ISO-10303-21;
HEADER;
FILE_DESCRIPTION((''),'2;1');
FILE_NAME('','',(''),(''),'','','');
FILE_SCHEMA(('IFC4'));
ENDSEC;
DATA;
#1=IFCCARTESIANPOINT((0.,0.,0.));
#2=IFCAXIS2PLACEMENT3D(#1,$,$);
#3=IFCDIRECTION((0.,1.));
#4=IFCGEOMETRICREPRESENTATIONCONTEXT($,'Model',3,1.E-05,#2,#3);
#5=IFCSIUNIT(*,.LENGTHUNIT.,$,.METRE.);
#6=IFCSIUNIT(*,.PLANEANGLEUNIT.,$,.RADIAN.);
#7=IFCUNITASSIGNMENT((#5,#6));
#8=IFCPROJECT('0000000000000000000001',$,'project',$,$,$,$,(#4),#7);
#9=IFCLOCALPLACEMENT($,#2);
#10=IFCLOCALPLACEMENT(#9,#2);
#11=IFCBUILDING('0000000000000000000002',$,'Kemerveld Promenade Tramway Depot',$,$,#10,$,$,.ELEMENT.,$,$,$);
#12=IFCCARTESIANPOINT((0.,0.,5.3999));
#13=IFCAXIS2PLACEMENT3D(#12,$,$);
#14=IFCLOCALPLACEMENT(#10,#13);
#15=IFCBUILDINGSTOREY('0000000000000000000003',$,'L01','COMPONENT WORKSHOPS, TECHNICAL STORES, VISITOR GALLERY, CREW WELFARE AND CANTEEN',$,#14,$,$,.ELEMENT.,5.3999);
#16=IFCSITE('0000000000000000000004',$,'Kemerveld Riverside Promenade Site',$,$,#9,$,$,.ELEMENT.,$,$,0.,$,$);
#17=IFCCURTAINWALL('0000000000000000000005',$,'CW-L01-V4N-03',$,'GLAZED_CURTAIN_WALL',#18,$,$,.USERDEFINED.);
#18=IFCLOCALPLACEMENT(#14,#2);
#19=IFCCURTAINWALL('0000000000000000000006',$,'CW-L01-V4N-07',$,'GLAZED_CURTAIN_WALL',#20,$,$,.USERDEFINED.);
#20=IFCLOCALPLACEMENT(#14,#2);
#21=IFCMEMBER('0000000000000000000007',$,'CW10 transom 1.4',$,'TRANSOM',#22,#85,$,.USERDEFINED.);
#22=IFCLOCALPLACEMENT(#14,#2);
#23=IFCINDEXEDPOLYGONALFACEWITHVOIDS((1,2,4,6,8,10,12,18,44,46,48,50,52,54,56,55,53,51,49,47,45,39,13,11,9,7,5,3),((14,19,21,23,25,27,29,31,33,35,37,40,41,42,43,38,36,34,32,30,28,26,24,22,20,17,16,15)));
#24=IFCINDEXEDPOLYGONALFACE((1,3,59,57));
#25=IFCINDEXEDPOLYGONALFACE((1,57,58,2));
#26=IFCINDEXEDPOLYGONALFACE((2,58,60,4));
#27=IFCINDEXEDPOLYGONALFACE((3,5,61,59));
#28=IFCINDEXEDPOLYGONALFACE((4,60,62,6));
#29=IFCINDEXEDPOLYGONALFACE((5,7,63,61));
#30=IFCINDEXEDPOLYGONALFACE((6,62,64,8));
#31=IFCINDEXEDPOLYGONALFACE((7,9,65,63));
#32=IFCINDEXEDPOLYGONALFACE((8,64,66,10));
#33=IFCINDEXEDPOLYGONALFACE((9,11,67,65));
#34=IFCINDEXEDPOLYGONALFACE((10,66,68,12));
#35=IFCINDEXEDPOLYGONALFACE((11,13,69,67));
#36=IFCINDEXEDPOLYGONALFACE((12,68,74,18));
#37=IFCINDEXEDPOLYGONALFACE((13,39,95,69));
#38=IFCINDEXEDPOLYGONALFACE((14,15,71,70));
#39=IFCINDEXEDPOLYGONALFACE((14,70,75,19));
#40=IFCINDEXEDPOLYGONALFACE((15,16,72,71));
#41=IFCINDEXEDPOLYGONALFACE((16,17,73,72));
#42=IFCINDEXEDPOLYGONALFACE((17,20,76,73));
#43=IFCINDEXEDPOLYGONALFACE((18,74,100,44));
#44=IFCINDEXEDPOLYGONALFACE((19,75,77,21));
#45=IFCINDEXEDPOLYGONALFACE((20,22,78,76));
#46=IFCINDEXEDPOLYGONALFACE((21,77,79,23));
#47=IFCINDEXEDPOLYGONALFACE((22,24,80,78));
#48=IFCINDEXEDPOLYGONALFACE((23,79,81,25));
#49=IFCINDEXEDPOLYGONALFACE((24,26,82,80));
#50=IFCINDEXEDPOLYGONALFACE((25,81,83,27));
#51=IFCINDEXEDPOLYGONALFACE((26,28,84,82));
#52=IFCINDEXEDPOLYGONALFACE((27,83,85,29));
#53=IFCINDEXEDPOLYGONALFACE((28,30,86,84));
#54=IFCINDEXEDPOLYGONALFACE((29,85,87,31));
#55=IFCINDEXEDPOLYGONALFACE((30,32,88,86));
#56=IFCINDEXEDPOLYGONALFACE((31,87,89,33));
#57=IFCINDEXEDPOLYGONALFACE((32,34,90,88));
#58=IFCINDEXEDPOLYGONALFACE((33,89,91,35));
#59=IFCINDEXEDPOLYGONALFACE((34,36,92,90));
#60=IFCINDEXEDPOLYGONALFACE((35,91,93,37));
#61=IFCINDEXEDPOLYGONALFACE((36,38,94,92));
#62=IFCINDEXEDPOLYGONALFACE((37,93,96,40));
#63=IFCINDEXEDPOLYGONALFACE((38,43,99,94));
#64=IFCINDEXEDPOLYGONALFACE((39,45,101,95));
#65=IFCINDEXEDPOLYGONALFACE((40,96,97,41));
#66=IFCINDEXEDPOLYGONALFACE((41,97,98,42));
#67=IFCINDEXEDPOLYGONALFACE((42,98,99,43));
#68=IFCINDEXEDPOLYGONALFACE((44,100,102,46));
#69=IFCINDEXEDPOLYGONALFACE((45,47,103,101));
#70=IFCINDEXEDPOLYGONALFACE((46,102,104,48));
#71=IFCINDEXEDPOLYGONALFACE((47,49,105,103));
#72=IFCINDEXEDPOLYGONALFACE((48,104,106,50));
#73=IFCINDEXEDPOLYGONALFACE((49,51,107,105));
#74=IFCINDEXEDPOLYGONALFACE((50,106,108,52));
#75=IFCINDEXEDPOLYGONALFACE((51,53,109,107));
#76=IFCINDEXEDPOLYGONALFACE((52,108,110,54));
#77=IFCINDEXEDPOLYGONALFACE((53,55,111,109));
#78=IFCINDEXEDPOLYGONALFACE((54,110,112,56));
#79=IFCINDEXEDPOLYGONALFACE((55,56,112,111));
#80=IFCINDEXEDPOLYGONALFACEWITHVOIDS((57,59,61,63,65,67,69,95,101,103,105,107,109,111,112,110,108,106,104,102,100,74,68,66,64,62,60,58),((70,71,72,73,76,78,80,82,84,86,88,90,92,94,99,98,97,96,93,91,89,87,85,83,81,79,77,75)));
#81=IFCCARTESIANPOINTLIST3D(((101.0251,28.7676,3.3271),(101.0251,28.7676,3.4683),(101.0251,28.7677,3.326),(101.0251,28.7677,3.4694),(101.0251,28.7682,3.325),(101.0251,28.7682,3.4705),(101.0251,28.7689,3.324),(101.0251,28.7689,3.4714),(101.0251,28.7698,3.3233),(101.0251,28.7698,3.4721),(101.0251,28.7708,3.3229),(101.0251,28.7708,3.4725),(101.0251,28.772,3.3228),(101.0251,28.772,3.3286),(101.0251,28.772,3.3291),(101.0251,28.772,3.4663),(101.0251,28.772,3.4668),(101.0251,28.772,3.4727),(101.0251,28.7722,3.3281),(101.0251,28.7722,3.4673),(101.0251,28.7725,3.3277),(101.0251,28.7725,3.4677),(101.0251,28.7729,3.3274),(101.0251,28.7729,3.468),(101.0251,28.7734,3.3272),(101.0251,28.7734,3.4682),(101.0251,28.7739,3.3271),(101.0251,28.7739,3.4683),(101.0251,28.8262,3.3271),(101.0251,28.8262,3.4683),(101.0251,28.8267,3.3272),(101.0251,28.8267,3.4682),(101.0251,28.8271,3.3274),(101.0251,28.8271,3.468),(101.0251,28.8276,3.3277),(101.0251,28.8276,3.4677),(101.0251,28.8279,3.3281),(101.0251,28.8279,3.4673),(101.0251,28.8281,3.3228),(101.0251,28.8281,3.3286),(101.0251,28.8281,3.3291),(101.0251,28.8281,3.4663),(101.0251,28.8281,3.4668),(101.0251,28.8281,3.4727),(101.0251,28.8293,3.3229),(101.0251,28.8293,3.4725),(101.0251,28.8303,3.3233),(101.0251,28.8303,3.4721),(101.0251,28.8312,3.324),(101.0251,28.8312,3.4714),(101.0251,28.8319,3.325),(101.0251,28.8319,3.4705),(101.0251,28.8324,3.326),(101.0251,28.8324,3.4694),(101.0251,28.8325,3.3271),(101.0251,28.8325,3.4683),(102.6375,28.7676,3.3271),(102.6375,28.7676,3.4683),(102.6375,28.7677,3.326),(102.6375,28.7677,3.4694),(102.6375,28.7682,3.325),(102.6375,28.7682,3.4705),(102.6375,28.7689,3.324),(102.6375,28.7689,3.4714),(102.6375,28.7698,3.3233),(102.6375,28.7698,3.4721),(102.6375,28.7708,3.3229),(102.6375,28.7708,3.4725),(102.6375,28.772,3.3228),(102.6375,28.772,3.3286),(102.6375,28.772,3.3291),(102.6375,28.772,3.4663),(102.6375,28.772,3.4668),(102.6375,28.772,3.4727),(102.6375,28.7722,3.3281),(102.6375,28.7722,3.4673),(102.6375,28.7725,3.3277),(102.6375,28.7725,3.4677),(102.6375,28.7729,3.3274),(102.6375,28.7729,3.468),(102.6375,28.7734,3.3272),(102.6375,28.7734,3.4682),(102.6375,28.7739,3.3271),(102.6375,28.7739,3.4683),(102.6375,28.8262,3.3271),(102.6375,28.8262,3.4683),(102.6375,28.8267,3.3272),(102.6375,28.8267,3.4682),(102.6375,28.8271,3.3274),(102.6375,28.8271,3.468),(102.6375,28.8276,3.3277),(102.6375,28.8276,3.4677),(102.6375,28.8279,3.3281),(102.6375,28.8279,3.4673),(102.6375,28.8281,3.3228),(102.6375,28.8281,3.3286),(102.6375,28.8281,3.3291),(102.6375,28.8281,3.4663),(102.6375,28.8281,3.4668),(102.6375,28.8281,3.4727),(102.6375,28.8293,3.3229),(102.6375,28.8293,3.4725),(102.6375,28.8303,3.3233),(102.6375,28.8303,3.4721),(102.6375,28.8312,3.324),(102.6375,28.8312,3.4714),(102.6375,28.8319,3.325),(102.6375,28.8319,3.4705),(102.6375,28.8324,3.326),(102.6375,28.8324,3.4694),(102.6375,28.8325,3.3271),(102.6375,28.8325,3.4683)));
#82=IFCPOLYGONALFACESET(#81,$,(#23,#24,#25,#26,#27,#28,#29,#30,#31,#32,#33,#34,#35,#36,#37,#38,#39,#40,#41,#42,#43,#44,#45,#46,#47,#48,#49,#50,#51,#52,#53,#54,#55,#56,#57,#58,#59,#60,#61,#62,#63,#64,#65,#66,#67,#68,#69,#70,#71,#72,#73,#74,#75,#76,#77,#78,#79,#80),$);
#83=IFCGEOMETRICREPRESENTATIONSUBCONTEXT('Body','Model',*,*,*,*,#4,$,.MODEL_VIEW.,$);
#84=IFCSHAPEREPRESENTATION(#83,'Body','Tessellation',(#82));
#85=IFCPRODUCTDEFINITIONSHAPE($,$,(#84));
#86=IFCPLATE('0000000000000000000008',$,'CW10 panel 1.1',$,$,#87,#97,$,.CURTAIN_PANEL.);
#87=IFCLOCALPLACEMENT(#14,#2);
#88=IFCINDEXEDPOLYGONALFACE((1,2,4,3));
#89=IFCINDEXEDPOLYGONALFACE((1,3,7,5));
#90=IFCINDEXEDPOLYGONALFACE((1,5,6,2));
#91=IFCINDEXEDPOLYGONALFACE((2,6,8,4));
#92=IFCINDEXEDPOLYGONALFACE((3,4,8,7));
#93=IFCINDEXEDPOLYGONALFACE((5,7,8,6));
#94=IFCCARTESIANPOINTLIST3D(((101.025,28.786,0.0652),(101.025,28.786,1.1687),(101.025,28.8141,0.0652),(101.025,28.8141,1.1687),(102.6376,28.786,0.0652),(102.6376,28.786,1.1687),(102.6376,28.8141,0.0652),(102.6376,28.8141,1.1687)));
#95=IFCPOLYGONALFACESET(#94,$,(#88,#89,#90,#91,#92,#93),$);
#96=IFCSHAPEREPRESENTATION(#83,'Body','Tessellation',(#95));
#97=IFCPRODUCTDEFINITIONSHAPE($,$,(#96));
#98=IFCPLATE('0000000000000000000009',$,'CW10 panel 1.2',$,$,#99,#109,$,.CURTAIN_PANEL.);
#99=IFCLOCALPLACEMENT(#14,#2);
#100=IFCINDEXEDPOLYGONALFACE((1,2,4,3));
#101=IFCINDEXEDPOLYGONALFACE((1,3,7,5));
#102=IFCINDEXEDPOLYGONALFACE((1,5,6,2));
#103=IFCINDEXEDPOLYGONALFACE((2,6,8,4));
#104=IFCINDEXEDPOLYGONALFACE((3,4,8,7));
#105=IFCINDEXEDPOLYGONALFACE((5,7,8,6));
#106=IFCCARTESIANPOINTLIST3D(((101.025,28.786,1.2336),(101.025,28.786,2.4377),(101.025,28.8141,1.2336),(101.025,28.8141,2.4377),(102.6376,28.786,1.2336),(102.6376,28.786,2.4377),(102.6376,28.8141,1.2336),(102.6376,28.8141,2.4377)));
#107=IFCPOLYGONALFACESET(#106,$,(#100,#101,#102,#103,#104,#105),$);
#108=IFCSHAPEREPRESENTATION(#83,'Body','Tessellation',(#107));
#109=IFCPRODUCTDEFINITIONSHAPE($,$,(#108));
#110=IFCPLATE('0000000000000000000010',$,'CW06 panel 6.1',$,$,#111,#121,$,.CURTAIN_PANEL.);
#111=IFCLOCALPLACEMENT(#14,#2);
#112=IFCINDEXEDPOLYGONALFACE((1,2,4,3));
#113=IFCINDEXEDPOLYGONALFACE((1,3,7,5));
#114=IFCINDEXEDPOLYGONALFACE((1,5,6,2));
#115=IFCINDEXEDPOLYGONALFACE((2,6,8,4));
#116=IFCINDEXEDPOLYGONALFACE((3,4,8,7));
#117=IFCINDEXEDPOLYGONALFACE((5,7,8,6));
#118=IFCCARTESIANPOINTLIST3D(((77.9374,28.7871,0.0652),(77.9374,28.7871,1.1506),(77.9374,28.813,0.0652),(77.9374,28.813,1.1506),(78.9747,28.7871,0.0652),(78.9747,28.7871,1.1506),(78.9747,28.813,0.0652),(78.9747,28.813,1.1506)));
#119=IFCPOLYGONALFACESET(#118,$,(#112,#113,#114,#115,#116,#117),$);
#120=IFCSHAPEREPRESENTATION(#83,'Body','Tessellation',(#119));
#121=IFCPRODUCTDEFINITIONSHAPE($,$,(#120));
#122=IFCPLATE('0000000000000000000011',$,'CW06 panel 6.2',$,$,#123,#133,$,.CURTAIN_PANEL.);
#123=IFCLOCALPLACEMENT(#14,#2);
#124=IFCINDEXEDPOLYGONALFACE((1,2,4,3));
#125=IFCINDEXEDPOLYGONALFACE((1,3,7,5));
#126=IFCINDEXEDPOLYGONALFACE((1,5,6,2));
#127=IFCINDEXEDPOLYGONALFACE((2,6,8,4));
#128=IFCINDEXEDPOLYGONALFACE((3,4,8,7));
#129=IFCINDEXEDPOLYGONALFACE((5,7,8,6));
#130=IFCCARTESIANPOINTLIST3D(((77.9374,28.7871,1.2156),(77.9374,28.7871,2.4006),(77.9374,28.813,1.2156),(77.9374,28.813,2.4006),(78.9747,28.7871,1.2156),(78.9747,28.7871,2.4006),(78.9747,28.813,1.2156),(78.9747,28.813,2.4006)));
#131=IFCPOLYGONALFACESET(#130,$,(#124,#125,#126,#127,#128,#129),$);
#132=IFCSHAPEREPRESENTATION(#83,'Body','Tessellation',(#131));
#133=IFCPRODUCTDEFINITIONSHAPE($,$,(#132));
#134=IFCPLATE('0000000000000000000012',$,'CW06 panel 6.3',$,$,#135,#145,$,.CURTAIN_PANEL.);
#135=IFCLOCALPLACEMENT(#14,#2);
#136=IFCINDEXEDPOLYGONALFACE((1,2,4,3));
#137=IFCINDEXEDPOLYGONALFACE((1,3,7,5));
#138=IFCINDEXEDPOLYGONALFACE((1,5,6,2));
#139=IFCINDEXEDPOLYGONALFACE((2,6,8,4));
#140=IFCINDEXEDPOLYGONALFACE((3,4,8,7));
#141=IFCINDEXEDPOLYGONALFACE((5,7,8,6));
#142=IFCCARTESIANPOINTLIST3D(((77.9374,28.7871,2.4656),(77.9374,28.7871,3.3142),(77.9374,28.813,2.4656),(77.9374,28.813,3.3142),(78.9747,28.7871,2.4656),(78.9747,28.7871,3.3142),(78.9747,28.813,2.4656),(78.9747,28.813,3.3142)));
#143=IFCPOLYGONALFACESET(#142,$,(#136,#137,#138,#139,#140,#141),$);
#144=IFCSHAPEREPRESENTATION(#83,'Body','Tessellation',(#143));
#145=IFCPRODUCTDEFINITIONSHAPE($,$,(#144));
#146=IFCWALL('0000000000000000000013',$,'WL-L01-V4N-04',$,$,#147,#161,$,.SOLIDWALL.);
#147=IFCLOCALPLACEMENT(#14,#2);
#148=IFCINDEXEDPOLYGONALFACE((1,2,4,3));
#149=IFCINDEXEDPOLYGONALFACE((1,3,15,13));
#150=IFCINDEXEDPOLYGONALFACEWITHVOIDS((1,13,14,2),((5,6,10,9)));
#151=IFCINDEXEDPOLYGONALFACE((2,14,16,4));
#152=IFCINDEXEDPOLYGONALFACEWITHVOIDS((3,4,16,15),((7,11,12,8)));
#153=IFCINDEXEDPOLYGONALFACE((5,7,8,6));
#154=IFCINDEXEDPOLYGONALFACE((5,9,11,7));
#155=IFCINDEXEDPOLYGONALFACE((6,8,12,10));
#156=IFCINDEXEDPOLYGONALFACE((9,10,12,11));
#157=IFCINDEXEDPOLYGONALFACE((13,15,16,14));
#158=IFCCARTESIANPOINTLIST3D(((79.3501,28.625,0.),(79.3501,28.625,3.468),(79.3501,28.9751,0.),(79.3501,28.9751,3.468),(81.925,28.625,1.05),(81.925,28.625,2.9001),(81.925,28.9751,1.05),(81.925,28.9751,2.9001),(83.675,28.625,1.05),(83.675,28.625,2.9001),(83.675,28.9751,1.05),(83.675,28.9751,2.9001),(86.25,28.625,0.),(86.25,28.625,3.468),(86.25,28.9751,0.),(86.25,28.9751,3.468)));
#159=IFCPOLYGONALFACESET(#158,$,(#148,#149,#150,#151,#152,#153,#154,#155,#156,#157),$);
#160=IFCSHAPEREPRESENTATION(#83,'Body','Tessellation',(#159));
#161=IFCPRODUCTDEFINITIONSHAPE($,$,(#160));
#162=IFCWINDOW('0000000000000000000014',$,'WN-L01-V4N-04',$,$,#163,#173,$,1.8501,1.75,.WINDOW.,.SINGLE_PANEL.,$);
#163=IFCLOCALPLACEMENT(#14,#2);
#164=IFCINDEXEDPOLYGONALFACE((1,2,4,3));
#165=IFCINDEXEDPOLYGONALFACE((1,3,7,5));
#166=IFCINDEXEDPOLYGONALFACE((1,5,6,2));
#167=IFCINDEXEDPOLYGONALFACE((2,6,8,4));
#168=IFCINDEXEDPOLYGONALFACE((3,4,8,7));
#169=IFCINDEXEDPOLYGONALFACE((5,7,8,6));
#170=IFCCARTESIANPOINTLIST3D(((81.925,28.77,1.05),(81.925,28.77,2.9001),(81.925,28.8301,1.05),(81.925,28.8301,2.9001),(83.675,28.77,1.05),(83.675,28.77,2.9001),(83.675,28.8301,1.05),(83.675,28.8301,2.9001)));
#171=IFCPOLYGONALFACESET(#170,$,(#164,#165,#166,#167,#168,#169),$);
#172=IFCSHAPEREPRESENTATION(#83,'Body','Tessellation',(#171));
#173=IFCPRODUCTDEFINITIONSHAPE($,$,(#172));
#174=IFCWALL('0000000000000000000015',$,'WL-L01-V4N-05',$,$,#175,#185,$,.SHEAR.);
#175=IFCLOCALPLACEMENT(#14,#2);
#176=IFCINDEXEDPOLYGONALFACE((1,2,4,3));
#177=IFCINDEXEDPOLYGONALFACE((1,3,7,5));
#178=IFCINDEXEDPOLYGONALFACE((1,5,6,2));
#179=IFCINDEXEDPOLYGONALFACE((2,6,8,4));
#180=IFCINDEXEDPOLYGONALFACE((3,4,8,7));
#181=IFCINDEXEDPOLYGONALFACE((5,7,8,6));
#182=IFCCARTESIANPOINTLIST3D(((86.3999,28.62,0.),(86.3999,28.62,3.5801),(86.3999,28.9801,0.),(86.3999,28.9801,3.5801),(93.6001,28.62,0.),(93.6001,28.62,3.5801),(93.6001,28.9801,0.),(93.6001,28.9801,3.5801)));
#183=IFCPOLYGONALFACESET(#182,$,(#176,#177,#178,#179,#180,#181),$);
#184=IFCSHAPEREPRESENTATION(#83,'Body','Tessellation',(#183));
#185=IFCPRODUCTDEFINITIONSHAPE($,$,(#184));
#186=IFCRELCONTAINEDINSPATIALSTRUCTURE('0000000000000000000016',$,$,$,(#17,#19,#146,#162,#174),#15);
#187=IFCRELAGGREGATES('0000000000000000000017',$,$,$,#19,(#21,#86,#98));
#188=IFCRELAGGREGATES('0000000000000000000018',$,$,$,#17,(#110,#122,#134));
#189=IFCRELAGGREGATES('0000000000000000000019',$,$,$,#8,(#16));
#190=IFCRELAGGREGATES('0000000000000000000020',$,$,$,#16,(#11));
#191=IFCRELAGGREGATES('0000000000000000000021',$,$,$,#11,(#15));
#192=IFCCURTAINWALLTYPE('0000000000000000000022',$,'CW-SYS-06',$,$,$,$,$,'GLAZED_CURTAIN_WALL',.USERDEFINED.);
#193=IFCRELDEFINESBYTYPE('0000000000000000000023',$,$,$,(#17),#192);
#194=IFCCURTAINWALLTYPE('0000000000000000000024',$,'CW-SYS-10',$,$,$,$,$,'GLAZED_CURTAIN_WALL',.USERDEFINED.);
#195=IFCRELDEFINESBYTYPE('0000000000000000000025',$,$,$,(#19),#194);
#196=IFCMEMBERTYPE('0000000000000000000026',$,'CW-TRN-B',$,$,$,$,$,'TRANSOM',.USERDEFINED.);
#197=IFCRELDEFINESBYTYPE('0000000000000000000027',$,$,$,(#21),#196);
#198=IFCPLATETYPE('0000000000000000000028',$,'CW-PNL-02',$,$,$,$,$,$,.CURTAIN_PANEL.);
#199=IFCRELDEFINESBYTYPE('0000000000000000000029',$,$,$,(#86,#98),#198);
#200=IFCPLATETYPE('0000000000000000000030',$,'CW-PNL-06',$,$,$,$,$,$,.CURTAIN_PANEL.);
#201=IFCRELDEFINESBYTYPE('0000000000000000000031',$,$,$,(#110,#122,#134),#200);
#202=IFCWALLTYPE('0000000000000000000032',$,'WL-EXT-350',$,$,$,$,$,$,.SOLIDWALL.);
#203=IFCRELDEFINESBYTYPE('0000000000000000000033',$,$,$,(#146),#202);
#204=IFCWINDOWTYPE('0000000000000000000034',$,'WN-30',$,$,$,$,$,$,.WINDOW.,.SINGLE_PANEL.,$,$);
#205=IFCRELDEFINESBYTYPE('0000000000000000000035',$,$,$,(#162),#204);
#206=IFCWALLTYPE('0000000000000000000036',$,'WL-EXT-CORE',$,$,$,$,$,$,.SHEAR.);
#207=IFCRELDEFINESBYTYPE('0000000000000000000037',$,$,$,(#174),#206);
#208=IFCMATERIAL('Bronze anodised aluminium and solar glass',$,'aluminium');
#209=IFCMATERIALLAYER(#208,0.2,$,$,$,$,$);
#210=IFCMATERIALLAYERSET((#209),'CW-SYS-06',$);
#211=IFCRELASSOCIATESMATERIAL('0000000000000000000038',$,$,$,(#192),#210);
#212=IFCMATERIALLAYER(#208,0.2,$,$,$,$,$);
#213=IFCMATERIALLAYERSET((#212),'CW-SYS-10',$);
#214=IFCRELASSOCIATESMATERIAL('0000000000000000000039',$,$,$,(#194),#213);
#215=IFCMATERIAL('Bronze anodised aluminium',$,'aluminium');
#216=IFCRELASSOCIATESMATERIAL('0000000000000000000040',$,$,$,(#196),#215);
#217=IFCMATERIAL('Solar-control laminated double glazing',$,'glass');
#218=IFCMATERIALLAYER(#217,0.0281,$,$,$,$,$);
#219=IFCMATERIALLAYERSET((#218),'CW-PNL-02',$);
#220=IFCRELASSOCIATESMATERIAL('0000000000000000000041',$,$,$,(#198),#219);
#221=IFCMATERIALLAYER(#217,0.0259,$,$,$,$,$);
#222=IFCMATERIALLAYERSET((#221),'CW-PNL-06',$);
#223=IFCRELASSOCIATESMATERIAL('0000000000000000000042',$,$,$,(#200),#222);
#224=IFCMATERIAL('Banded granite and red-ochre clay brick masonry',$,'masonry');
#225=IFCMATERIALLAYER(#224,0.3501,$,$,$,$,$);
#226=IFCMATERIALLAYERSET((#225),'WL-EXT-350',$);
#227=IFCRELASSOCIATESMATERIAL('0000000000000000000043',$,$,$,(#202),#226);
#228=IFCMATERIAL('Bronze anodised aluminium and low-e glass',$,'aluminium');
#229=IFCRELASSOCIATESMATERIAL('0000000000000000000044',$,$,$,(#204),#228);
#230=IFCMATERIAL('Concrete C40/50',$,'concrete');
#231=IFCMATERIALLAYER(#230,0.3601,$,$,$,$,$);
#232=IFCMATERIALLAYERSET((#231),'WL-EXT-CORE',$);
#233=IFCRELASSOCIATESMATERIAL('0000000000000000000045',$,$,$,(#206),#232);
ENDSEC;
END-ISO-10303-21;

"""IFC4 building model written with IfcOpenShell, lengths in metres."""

from ifc_helpers import new_model, si_unit, direction, frame, frame_2d, origin, origin_2d, place, context, subcontext, project, spatial, rectangle, hollow_rectangle, extrude, material, layer, layer_set, material_profile, profile_set, type_object, element, fill, aggregate, save


model = new_model("IFC4")

# Units and contexts
model_context = context("Model", 3, precision=1e-05, world=origin(), true_north=direction((0.0, 1.0)))
body_context = subcontext(model_context, "Body", "Model", "MODEL_VIEW")
ifc_project = project(units=[si_unit("LENGTHUNIT", "METRE"), si_unit("PLANEANGLEUNIT", "RADIAN")], contexts=[model_context])

# Site, building, storey
site_placement = place(None, origin())
site = spatial("IfcSite", under=ifc_project, at=site_placement, Name="Kemerveld Riverside Promenade Site", CompositionType="ELEMENT", RefElevation=0.0)
building_placement = place(site_placement, origin())
building = spatial("IfcBuilding", under=site, at=building_placement, Name="Kemerveld Promenade Tramway Depot", CompositionType="ELEMENT")
storey_placement = place(building_placement, frame((0.0, 0.0, 5.3999)))
storey = spatial("IfcBuildingStorey", under=building, at=storey_placement, Name="L01", Description="COMPONENT WORKSHOPS, TECHNICAL STORES, VISITOR GALLERY, CREW WELFARE AND CANTEEN", CompositionType="ELEMENT", Elevation=5.3999)

# Shared definitions
ifc_material_1 = material(Name="Concrete C40/50", Category="concrete")

# Curtain wall
ifc_material_2 = material(Name="Bronze anodised aluminium and solar glass", Category="aluminium")
ifc_layer_1 = layer(ifc_material_2, 0.2)
ifc_layer_set_1 = layer_set([ifc_layer_1], Name="CW-SYS-06")
curtain_wall_type_1 = type_object("IfcCurtainWallType", Name="CW-SYS-06", ElementType="GLAZED_CURTAIN_WALL", PredefinedType="USERDEFINED", material=ifc_layer_set_1)
curtain_wall_1_placement = place(storey_placement, origin())
curtain_wall_1 = element("IfcCurtainWall", 1, at=curtain_wall_1_placement, inside=storey, type_object=curtain_wall_type_1, Name="CW-L01-V4N-03", ObjectType="GLAZED_CURTAIN_WALL", PredefinedType="USERDEFINED")
ifc_material_3 = material(Name="Bronze anodised aluminium", Category="aluminium")

# Curtain wall
ifc_layer_2 = layer(ifc_material_2, 0.2)
ifc_layer_set_2 = layer_set([ifc_layer_2], Name="CW-SYS-10")
curtain_wall_type_2 = type_object("IfcCurtainWallType", Name="CW-SYS-10", ElementType="GLAZED_CURTAIN_WALL", PredefinedType="USERDEFINED", material=ifc_layer_set_2)
curtain_wall_2_placement = place(storey_placement, origin())
curtain_wall_2 = element("IfcCurtainWall", 2, at=curtain_wall_2_placement, inside=storey, type_object=curtain_wall_type_2, Name="CW-L01-V4N-07", ObjectType="GLAZED_CURTAIN_WALL", PredefinedType="USERDEFINED")

# Member
ifc_material_profile_1 = material_profile(ifc_material_3, hollow_rectangle(XDim=0.0649, YDim=0.1499, WallThickness=0.0044, InnerFilletRadius=0.002, OuterFilletRadius=0.0044, at=origin_2d()), Name="CW-TRN-150x65")
ifc_profile_set_1 = profile_set([ifc_material_profile_1], Name="Bronze anodised aluminium")
member_type_1 = type_object("IfcMemberType", Name="CW-TRN-B", ElementType="TRANSOM", PredefinedType="USERDEFINED", material=ifc_profile_set_1)
member_1_placement = place(storey_placement, frame((101.0251, 28.8, 3.3977), z_axis=(1.0, 0.0, 0.0), x_axis=(0.0, 1.0, 0.0)))
member_1 = element("IfcMember", 3, at=member_1_placement, type_object=member_type_1, Name="CW10 transom 1.4", ObjectType="TRANSOM", PredefinedType="USERDEFINED", context=body_context, shape_type="SweptSolid", body=[
    extrude(hollow_rectangle(XDim=0.0649, YDim=0.1499, WallThickness=0.0044, InnerFilletRadius=0.002, OuterFilletRadius=0.0044, at=origin_2d()), origin(), (0.0, 0.0, 1.0), 1.6123),
])

# Plates
ifc_material_4 = material(Name="Solar-control laminated double glazing", Category="glass")
ifc_layer_3 = layer(ifc_material_4, 0.0281)
ifc_layer_set_3 = layer_set([ifc_layer_3], Name="CW-PNL-02")
plate_type_1 = type_object("IfcPlateType", Name="CW-PNL-02", PredefinedType="CURTAIN_PANEL", material=ifc_layer_set_3)
plate_1_placement = place(storey_placement, frame((101.8313, 28.8, 0.0652), z_axis=(0.0, 0.0, 1.0), x_axis=(1.0, 0.0, 0.0)))
plate_1 = element("IfcPlate", 4, at=plate_1_placement, type_object=plate_type_1, Name="CW10 panel 1.1", PredefinedType="CURTAIN_PANEL", context=body_context, shape_type="SweptSolid", body=[
    extrude(rectangle(XDim=1.6125, YDim=0.0281, at=origin_2d()), origin(), (0.0, 0.0, 1.0), 1.1035),
])
plate_2_placement = place(storey_placement, frame((101.8313, 28.8, 1.2336), z_axis=(0.0, 0.0, 1.0), x_axis=(1.0, 0.0, 0.0)))
plate_2 = element("IfcPlate", 5, at=plate_2_placement, type_object=plate_type_1, Name="CW10 panel 1.2", PredefinedType="CURTAIN_PANEL", context=body_context, shape_type="SweptSolid", body=[
    extrude(rectangle(XDim=1.6125, YDim=0.0281, at=origin_2d()), origin(), (0.0, 0.0, 1.0), 1.2041),
])
aggregate(curtain_wall_2, [member_1, plate_1, plate_2])
ifc_layer_4 = layer(ifc_material_4, 0.0259)
ifc_layer_set_4 = layer_set([ifc_layer_4], Name="CW-PNL-06")
plate_type_2 = type_object("IfcPlateType", Name="CW-PNL-06", PredefinedType="CURTAIN_PANEL", material=ifc_layer_set_4)
plate_3_placement = place(storey_placement, frame((78.4561, 28.8, 0.0652), z_axis=(0.0, 0.0, 1.0), x_axis=(1.0, 0.0, 0.0)))
plate_3 = element("IfcPlate", 6, at=plate_3_placement, type_object=plate_type_2, Name="CW06 panel 6.1", PredefinedType="CURTAIN_PANEL", context=body_context, shape_type="SweptSolid", body=[
    extrude(rectangle(XDim=1.0374, YDim=0.0259, at=origin_2d()), origin(), (0.0, 0.0, 1.0), 1.0854),
])
plate_4_placement = place(storey_placement, frame((78.4561, 28.8, 1.2156), z_axis=(0.0, 0.0, 1.0), x_axis=(1.0, 0.0, 0.0)))
plate_4 = element("IfcPlate", 7, at=plate_4_placement, type_object=plate_type_2, Name="CW06 panel 6.2", PredefinedType="CURTAIN_PANEL", context=body_context, shape_type="SweptSolid", body=[
    extrude(rectangle(XDim=1.0374, YDim=0.0259, at=origin_2d()), origin(), (0.0, 0.0, 1.0), 1.1851),
])
plate_5_placement = place(storey_placement, frame((78.4561, 28.8, 2.4656), z_axis=(0.0, 0.0, 1.0), x_axis=(1.0, 0.0, 0.0)))
plate_5 = element("IfcPlate", 8, at=plate_5_placement, type_object=plate_type_2, Name="CW06 panel 6.3", PredefinedType="CURTAIN_PANEL", context=body_context, shape_type="SweptSolid", body=[
    extrude(rectangle(XDim=1.0374, YDim=0.0259, at=origin_2d()), origin(), (0.0, 0.0, 1.0), 0.8486),
])
aggregate(curtain_wall_1, [plate_3, plate_4, plate_5])

# Wall, opening, window
ifc_material_5 = material(Name="Banded granite and red-ochre clay brick masonry", Category="masonry")
ifc_layer_5 = layer(ifc_material_5, 0.3501)
ifc_layer_set_5 = layer_set([ifc_layer_5], Name="WL-EXT-350")
wall_type_1 = type_object("IfcWallType", Name="WL-EXT-350", PredefinedType="SOLIDWALL", material=ifc_layer_set_5)
wall_1_placement = place(storey_placement, frame((79.3501, 28.8, 0.0), z_axis=(0.0, 0.0, 1.0), x_axis=(1.0, 0.0, 0.0)))
wall_1 = element("IfcWall", 9, at=wall_1_placement, inside=storey, type_object=wall_type_1, Name="WL-L01-V4N-04", PredefinedType="SOLIDWALL", context=body_context, shape_type="SweptSolid", body=[
    extrude(rectangle(XDim=6.8999, YDim=0.3501, at=frame_2d((3.45, 0.0))), origin(), (0.0, 0.0, 1.0), 3.468),
])
opening_placement = place(wall_1_placement, frame((2.575, 0.0, 1.05)))
opening = element("IfcOpeningElement", 10, at=opening_placement, cuts=wall_1, PredefinedType="OPENING", context=body_context, shape_type="SweptSolid", body=[
    extrude(rectangle(XDim=1.75, YDim=1.8501, at=frame_2d((0.875, 0.925))), frame((0.0, 0.1851, 0.0), z_axis=(0.0, -1.0, 0.0), x_axis=(1.0, 0.0, 0.0)), (0.0, 0.0, 1.0), 0.3701),
])
ifc_material_6 = material(Name="Bronze anodised aluminium and low-e glass", Category="aluminium")
window_type = type_object("IfcWindowType", Name="WN-30", PartitioningType="SINGLE_PANEL", PredefinedType="WINDOW", material=ifc_material_6)
window_placement = place(opening_placement, origin())
window = element("IfcWindow", 11, at=window_placement, inside=storey, type_object=window_type, Name="WN-L01-V4N-04", OverallHeight=1.8501, OverallWidth=1.75, PartitioningType="SINGLE_PANEL", PredefinedType="WINDOW", context=body_context, shape_type="SweptSolid", body=[
    extrude(rectangle(XDim=1.75, YDim=1.8501, at=frame_2d((0.875, 0.925))), frame((0.0, 0.03, 0.0), z_axis=(0.0, -1.0, 0.0), x_axis=(1.0, 0.0, 0.0)), (0.0, 0.0, 1.0), 0.0601),
])
fill(opening, window)

# Wall
ifc_layer_6 = layer(ifc_material_1, 0.3601)
ifc_layer_set_6 = layer_set([ifc_layer_6], Name="WL-EXT-CORE")
wall_type_2 = type_object("IfcWallType", Name="WL-EXT-CORE", PredefinedType="SHEAR", material=ifc_layer_set_6)
wall_2_placement = place(storey_placement, frame((86.3999, 28.8, 0.0), z_axis=(0.0, 0.0, 1.0), x_axis=(1.0, 0.0, 0.0)))
element("IfcWall", 12, at=wall_2_placement, inside=storey, type_object=wall_type_2, Name="WL-L01-V4N-05", PredefinedType="SHEAR", context=body_context, shape_type="SweptSolid", body=[
    extrude(rectangle(XDim=7.2002, YDim=0.3601, at=frame_2d((3.6001, 0.0))), origin(), (0.0, 0.0, 1.0), 3.5801),
])

save(model, "model.ifc")
